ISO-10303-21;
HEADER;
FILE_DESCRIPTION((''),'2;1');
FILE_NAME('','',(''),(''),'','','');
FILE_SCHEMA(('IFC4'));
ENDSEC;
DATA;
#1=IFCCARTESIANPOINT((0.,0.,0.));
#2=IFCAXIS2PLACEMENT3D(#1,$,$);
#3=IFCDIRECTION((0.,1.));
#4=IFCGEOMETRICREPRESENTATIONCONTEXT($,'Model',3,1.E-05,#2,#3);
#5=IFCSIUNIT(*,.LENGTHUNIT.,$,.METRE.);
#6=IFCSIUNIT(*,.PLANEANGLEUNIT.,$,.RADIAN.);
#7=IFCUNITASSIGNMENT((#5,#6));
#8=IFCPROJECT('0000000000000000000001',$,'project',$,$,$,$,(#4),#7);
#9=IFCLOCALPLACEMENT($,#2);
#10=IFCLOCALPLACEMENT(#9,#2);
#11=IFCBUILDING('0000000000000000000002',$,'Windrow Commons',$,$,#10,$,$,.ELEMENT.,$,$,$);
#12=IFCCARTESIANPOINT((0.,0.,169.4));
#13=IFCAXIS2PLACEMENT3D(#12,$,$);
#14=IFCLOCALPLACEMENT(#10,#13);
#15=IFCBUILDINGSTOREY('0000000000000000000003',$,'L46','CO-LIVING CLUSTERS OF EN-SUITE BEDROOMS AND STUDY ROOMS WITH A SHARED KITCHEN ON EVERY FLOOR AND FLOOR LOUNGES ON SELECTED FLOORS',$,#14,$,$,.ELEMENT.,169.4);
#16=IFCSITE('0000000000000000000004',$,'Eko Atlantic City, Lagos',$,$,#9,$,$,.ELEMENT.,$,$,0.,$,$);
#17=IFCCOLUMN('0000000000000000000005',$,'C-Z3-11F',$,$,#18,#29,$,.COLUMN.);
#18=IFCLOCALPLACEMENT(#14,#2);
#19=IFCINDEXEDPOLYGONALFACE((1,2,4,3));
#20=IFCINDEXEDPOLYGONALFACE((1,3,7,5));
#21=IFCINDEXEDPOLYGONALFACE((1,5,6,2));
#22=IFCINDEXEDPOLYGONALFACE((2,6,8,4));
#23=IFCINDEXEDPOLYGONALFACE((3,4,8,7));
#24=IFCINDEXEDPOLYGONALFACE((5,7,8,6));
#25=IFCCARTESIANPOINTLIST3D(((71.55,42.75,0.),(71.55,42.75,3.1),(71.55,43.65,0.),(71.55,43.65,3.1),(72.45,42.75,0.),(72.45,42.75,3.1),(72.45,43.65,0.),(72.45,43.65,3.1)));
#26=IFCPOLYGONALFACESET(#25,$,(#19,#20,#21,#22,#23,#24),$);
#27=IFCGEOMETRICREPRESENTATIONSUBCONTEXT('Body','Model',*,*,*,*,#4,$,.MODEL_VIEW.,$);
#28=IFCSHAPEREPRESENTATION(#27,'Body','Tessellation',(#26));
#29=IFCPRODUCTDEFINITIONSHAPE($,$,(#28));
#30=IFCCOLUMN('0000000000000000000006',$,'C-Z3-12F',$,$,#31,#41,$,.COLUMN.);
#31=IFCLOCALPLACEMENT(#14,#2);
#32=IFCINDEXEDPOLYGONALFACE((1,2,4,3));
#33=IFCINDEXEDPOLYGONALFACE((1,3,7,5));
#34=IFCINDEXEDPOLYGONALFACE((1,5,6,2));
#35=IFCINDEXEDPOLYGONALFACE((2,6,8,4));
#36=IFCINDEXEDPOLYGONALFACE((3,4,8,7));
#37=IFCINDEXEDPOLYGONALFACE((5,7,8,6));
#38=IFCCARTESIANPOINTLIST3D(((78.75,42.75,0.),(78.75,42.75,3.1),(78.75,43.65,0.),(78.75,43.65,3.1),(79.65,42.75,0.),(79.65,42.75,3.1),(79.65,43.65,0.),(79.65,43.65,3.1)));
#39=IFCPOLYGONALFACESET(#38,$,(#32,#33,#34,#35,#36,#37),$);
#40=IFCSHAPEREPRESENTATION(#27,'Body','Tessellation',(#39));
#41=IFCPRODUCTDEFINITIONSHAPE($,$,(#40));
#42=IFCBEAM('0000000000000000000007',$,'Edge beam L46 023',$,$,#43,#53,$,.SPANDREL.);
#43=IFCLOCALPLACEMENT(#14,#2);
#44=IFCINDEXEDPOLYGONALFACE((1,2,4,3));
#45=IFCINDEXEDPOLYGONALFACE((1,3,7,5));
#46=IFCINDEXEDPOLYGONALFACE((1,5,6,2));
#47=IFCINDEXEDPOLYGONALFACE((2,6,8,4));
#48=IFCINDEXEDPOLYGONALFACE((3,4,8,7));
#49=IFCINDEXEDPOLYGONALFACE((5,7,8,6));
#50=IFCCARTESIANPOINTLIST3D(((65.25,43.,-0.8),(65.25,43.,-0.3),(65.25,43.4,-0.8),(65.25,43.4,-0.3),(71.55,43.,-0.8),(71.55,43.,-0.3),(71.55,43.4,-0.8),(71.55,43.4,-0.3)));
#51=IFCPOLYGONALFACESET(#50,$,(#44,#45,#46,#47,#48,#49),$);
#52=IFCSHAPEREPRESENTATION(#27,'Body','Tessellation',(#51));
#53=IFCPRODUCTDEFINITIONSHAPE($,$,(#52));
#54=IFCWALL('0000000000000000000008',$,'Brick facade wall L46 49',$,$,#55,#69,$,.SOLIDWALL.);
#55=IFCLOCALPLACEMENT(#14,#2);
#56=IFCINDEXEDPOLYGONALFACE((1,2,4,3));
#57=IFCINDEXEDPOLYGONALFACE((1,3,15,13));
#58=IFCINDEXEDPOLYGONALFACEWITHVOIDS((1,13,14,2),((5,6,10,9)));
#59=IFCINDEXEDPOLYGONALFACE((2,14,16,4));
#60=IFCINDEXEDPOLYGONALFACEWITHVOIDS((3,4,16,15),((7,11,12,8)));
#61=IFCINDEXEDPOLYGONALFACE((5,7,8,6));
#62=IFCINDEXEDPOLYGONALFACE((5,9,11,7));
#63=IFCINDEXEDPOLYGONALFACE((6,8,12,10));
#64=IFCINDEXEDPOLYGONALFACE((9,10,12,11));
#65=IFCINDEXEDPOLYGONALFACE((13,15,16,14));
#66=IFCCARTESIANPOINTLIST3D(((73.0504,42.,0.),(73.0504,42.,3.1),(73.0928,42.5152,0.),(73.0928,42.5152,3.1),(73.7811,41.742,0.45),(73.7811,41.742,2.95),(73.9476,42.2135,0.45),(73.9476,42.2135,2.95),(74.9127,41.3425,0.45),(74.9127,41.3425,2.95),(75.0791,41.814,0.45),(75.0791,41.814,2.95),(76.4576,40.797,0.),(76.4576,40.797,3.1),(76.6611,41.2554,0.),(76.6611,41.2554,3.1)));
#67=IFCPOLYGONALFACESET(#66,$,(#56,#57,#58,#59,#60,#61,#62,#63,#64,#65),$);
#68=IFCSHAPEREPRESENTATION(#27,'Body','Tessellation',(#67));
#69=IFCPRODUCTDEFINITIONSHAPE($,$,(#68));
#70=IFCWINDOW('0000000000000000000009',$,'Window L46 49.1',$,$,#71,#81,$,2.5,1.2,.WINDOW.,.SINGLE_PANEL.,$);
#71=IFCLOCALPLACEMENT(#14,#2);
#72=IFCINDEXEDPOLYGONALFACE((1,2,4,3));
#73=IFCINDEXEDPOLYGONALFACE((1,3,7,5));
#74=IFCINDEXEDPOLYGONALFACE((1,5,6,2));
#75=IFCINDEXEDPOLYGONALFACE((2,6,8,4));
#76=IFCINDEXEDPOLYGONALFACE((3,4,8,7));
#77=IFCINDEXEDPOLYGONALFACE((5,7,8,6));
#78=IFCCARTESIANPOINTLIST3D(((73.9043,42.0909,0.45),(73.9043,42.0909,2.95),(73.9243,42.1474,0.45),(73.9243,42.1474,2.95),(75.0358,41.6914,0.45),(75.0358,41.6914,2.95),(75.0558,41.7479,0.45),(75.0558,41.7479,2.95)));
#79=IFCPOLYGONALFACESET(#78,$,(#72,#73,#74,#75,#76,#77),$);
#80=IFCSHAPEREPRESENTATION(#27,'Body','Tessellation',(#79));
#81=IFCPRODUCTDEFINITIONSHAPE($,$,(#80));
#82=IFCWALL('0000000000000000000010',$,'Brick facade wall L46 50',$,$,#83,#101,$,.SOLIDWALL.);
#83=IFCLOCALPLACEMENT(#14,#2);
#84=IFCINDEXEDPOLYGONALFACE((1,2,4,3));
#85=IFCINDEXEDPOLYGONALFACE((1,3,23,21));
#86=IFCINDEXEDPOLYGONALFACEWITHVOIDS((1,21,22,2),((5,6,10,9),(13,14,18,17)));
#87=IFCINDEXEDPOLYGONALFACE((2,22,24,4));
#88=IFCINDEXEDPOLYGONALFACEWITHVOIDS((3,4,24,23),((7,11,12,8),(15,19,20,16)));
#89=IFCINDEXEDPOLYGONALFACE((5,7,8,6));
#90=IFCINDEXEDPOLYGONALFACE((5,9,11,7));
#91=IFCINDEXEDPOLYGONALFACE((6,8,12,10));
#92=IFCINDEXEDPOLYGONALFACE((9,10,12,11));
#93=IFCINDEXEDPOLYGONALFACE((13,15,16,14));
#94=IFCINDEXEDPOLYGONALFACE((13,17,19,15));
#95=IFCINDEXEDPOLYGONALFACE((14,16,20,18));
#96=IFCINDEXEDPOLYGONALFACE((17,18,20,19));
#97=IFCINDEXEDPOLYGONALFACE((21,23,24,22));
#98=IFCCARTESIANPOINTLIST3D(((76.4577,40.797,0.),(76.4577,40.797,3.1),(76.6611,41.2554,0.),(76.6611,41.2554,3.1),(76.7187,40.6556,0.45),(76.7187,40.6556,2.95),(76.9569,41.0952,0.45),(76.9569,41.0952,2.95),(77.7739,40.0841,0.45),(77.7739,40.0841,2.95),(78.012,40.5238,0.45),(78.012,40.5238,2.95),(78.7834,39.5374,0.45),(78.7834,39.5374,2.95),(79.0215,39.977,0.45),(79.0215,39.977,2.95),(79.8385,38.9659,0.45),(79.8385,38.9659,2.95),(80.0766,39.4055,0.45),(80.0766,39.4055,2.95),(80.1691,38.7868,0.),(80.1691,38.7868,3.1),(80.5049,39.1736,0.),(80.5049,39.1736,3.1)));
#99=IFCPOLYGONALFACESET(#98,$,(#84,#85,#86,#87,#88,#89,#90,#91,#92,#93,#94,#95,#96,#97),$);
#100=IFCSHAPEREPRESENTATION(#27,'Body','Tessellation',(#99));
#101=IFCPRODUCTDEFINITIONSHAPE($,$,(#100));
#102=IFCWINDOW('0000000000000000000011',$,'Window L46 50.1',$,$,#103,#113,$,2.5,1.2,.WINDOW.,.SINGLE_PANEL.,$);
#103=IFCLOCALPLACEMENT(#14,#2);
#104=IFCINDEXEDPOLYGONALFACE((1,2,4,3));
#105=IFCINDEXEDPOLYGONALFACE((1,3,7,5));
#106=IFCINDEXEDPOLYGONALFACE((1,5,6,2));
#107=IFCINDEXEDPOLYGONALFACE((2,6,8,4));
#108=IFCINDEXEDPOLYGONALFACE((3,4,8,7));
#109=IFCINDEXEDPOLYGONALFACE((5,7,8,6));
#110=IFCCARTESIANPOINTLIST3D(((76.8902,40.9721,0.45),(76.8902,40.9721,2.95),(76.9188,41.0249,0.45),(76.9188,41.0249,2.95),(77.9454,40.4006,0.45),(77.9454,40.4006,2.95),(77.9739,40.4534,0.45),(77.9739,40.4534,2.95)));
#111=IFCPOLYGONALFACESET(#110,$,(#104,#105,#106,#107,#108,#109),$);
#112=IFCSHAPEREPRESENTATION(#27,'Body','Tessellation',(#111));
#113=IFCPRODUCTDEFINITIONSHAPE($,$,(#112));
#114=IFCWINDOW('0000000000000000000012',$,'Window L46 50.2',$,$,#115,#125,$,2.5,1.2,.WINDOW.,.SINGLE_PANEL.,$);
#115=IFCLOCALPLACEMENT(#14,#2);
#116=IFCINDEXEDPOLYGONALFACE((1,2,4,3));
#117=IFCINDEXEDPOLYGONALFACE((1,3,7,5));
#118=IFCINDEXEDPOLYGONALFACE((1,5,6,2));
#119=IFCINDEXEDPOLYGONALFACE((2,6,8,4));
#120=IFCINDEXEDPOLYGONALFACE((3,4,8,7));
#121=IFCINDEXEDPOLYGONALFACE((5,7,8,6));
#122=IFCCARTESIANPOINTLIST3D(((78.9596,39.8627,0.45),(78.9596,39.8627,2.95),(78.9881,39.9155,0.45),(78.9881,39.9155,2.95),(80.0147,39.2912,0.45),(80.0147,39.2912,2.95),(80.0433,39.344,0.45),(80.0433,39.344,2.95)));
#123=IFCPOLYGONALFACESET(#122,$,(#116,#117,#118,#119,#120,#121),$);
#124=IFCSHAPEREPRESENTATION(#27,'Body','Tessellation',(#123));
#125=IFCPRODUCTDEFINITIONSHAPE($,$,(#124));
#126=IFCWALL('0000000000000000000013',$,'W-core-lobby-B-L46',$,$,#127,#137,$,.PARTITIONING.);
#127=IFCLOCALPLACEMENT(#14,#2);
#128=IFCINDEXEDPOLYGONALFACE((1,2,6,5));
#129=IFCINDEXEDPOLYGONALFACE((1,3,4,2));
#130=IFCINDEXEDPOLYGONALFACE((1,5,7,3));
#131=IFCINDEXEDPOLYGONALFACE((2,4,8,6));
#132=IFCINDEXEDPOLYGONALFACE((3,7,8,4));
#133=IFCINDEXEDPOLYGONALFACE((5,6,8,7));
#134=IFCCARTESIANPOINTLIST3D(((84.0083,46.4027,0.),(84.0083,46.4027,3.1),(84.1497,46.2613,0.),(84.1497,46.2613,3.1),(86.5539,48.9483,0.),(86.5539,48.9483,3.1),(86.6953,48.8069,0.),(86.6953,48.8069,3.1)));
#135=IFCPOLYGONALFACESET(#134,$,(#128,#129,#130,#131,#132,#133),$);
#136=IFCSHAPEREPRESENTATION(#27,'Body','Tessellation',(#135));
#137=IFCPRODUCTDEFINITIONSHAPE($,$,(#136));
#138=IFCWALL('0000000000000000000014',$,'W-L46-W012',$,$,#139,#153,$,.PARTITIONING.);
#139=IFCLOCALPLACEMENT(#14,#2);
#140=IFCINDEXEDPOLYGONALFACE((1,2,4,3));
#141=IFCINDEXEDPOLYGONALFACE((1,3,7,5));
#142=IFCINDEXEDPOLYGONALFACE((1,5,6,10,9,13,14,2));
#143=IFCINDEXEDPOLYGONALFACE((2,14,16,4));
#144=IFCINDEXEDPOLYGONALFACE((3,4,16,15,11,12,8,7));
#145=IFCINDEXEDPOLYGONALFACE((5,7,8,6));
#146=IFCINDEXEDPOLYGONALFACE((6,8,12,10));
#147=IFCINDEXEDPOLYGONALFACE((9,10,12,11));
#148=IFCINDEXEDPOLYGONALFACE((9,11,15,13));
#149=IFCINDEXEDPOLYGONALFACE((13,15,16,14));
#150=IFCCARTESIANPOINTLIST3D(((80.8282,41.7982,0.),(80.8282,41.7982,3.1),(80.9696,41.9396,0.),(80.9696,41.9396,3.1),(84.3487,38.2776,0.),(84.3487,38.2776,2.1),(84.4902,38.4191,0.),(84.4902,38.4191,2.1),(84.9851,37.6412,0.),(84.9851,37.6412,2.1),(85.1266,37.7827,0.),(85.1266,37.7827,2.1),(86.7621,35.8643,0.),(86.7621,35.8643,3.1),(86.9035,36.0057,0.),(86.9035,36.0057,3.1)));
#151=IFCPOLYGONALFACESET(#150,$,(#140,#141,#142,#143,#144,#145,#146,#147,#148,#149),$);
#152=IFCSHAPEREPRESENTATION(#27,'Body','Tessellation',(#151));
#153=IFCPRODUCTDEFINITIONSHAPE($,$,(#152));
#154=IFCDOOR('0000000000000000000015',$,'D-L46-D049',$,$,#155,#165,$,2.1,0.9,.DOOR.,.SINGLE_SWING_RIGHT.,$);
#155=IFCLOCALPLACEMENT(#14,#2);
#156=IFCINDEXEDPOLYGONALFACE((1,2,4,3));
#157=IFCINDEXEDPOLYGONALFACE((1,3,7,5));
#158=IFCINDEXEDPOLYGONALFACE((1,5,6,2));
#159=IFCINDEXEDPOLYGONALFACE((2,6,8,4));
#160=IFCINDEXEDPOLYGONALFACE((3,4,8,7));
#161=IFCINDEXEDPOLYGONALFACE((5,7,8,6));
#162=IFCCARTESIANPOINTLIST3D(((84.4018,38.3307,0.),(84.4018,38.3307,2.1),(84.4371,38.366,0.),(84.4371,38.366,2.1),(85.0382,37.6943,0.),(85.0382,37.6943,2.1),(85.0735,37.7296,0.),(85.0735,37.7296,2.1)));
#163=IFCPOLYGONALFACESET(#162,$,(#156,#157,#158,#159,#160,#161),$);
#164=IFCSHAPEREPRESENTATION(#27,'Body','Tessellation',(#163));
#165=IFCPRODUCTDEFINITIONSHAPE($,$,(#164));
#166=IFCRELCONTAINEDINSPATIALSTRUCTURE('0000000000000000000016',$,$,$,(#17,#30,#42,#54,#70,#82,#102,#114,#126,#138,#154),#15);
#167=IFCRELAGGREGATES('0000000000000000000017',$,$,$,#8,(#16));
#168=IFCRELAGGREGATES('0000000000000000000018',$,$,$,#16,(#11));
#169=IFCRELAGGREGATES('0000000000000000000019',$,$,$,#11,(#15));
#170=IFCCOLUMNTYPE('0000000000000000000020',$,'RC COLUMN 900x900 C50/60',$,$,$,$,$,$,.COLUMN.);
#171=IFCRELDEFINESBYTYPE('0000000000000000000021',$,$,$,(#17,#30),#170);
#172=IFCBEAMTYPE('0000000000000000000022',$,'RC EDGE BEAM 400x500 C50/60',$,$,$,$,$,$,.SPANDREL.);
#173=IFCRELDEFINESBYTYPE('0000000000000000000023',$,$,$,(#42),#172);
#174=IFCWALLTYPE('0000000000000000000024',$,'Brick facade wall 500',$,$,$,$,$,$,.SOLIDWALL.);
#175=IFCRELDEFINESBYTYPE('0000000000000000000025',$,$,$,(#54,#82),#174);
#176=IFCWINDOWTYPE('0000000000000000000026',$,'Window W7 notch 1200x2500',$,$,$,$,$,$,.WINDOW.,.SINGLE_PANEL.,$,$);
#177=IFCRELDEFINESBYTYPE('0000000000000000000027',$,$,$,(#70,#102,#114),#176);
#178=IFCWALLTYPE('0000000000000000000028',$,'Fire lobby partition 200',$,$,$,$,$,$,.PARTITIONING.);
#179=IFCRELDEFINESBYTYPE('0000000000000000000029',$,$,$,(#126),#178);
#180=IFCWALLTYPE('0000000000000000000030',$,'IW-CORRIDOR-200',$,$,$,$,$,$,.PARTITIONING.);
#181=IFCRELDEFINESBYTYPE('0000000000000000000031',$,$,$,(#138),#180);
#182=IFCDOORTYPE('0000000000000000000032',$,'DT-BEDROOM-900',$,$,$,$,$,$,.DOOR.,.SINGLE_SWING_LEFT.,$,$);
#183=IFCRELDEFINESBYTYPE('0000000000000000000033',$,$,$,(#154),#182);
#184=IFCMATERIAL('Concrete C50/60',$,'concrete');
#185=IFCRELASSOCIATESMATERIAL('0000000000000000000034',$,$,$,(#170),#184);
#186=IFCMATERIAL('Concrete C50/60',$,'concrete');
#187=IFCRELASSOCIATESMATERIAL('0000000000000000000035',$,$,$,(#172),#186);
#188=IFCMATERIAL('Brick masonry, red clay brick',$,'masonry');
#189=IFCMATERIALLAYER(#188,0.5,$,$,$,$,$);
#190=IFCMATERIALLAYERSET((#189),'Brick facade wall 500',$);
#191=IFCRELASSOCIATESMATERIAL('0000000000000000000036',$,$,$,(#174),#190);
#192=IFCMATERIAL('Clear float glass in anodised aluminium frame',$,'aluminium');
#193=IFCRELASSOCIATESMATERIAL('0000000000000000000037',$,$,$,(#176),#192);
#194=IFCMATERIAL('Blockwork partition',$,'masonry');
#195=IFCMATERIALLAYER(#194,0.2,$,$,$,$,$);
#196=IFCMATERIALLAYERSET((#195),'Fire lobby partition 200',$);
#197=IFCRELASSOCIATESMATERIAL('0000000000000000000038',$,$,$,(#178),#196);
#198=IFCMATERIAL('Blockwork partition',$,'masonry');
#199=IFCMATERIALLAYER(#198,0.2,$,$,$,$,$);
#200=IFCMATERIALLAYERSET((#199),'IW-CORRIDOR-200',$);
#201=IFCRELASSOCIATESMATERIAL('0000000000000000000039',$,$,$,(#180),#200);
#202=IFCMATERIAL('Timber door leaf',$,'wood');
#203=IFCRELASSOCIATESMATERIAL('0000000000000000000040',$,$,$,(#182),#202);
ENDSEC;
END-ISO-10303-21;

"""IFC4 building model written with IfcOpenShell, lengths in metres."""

from ifc_helpers import new_model, si_unit, direction, frame, frame_2d, origin, origin_2d, place, context, subcontext, project, spatial, polyline, rectangle, outline, extrude, material, layer, layer_set, material_profile, profile_set, type_object, element, fill, save


model = new_model("IFC4")

# Units and contexts
model_context = context("Model", 3, precision=1e-05, world=origin(), true_north=direction((0.0, 1.0)))
body_context = subcontext(model_context, "Body", "Model", "MODEL_VIEW")
ifc_project = project(units=[si_unit("LENGTHUNIT", "METRE"), si_unit("PLANEANGLEUNIT", "RADIAN")], contexts=[model_context])

# Site, building, storey
site_placement = place(None, origin())
site = spatial("IfcSite", under=ifc_project, at=site_placement, Name="Eko Atlantic City, Lagos", CompositionType="ELEMENT", RefElevation=0.0)
building_placement = place(site_placement, origin())
building = spatial("IfcBuilding", under=site, at=building_placement, Name="Windrow Commons", CompositionType="ELEMENT")
storey_placement = place(building_placement, frame((0.0, 0.0, 169.4)))
storey = spatial("IfcBuildingStorey", under=building, at=storey_placement, Name="L46", Description="CO-LIVING CLUSTERS OF EN-SUITE BEDROOMS AND STUDY ROOMS WITH A SHARED KITCHEN ON EVERY FLOOR AND FLOOR LOUNGES ON SELECTED FLOORS", CompositionType="ELEMENT", Elevation=169.4)

# Columns
ifc_material_1 = material(Name="Concrete C50/60", Category="concrete")
ifc_material_profile_1 = material_profile(ifc_material_1, rectangle(XDim=0.9, YDim=0.9, at=origin_2d()))
ifc_profile_set_1 = profile_set([ifc_material_profile_1], Name="Concrete C50/60")
column_type = type_object("IfcColumnType", Name="RC COLUMN 900x900 C50/60", PredefinedType="COLUMN", material=ifc_profile_set_1)
for number, where, z_axis, x_axis, name in (
    (1, (72.0, 43.2, 0.0), (0.0, 0.0, 1.0), (1.0, 0.0, 0.0), "C-Z3-11F"),
    (2, (79.2, 43.2, 0.0), (0.0, 0.0, 1.0), (1.0, 0.0, 0.0), "C-Z3-12F"),
):
    element("IfcColumn", number, at=place(storey_placement, frame(where, z_axis=z_axis, x_axis=x_axis)), inside=storey, type_object=column_type, Name=name, PredefinedType="COLUMN", context=body_context, shape_type="SweptSolid", body=[
        extrude(rectangle(XDim=0.9, YDim=0.9, at=origin_2d()), origin(), (0.0, 0.0, 1.0), 3.1),
    ])

# Beam
ifc_material_2 = material(Name="Concrete C50/60", Category="concrete")
ifc_material_profile_2 = material_profile(ifc_material_2, rectangle(XDim=0.4, YDim=0.5, at=origin_2d()))
ifc_profile_set_2 = profile_set([ifc_material_profile_2], Name="Concrete C50/60")
beam_type = type_object("IfcBeamType", Name="RC EDGE BEAM 400x500 C50/60", PredefinedType="SPANDREL", material=ifc_profile_set_2)
beam_placement = place(storey_placement, frame((71.55, 43.2, -0.55), z_axis=(-1.0, 0.0, 0.0), x_axis=(0.0, -1.0, 0.0)))
element("IfcBeam", 3, at=beam_placement, inside=storey, type_object=beam_type, Name="Edge beam L46 023", PredefinedType="SPANDREL", context=body_context, shape_type="SweptSolid", body=[
    extrude(rectangle(XDim=0.4, YDim=0.5, at=origin_2d()), origin(), (0.0, 0.0, 1.0), 6.3),
])

# Wall, opening, window
ifc_material_3 = material(Name="Brick masonry, red clay brick", Category="masonry")
ifc_layer_1 = layer(ifc_material_3, 0.5)
ifc_layer_set_1 = layer_set([ifc_layer_1], Name="Brick facade wall 500")
wall_type_1 = type_object("IfcWallType", Name="Brick facade wall 500", PredefinedType="SOLIDWALL", material=ifc_layer_set_1)
wall_1_placement = place(storey_placement, frame((73.0716, 42.2576, 0.0), z_axis=(0.0, 0.0, 1.0), x_axis=(0.942955, -0.332919, 0.0)))
wall_1 = element("IfcWall", 4, at=wall_1_placement, inside=storey, type_object=wall_type_1, Name="Brick facade wall L46 49", PredefinedType="SOLIDWALL", context=body_context, shape_type="SweptSolid", body=[
    extrude(outline(polyline([(0.0658, -0.25), (3.6791, -0.25), (3.7184, 0.25), (-0.0658, 0.25), (0.0658, -0.25)])), origin(), (0.0, 0.0, 1.0), 3.1),
])
opening_1_placement = place(wall_1_placement, frame((0.8407, 0.0, 0.45)))
opening_1 = element("IfcOpeningElement", 5, at=opening_1_placement, cuts=wall_1, PredefinedType="OPENING", context=body_context, shape_type="SweptSolid", body=[
    extrude(rectangle(XDim=1.2, YDim=2.5, at=frame_2d((0.6, 1.25))), frame((0.0, 0.26, 0.0), z_axis=(0.0, -1.0, 0.0), x_axis=(1.0, 0.0, 0.0)), (0.0, 0.0, 1.0), 0.52),
])
ifc_material_4 = material(Name="Clear float glass in anodised aluminium frame", Category="aluminium")
window_type = type_object("IfcWindowType", Name="Window W7 notch 1200x2500", PartitioningType="SINGLE_PANEL", PredefinedType="WINDOW", material=ifc_material_4)
window_1_placement = place(opening_1_placement, origin())
window_1 = element("IfcWindow", 6, at=window_1_placement, inside=storey, type_object=window_type, Name="Window L46 49.1", OverallHeight=2.5, OverallWidth=1.2, PartitioningType="SINGLE_PANEL", PredefinedType="WINDOW", context=body_context, shape_type="SweptSolid", body=[
    extrude(rectangle(XDim=1.2, YDim=2.5, at=frame_2d((0.6, 1.25))), frame((0.0, 0.18, 0.0), z_axis=(0.0, -1.0, 0.0), x_axis=(1.0, 0.0, 0.0)), (0.0, 0.0, 1.0), 0.06),
])
fill(opening_1, window_1)

# Wall, openings, windows
wall_2_placement = place(storey_placement, frame((76.5594, 41.0262, 0.0), z_axis=(0.0, 0.0, 1.0), x_axis=(0.879311, -0.476247, 0.0)))
wall_2 = element("IfcWall", 7, at=wall_2_placement, inside=storey, type_object=wall_type_1, Name="Brick facade wall L46 50", PredefinedType="SOLIDWALL", context=body_context, shape_type="SweptSolid", body=[
    extrude(outline(polyline([(0.0197, -0.25), (4.2406, -0.25), (4.3516, 0.25), (-0.0197, 0.25), (0.0197, -0.25)])), origin(), (0.0, 0.0, 1.0), 3.1),
])
opening_2_placement = place(wall_2_placement, frame((0.3166, 0.0, 0.45)))
opening_2 = element("IfcOpeningElement", 8, at=opening_2_placement, cuts=wall_2, PredefinedType="OPENING", context=body_context, shape_type="SweptSolid", body=[
    extrude(rectangle(XDim=1.2, YDim=2.5, at=frame_2d((0.6, 1.25))), frame((0.0, 0.26, 0.0), z_axis=(0.0, -1.0, 0.0), x_axis=(1.0, 0.0, 0.0)), (0.0, 0.0, 1.0), 0.52),
])
opening_3_placement = place(wall_2_placement, frame((2.6646, 0.0, 0.45)))
opening_3 = element("IfcOpeningElement", 9, at=opening_3_placement, cuts=wall_2, PredefinedType="OPENING", context=body_context, shape_type="SweptSolid", body=[
    extrude(rectangle(XDim=1.2, YDim=2.5, at=frame_2d((0.6, 1.25))), frame((0.0, 0.26, 0.0), z_axis=(0.0, -1.0, 0.0), x_axis=(1.0, 0.0, 0.0)), (0.0, 0.0, 1.0), 0.52),
])
window_2_placement = place(opening_2_placement, origin())
window_2 = element("IfcWindow", 10, at=window_2_placement, inside=storey, type_object=window_type, Name="Window L46 50.1", OverallHeight=2.5, OverallWidth=1.2, PartitioningType="SINGLE_PANEL", PredefinedType="WINDOW", context=body_context, shape_type="SweptSolid", body=[
    extrude(rectangle(XDim=1.2, YDim=2.5, at=frame_2d((0.6, 1.25))), frame((0.0, 0.17, 0.0), z_axis=(0.0, -1.0, 0.0), x_axis=(1.0, 0.0, 0.0)), (0.0, 0.0, 1.0), 0.06),
])
fill(opening_2, window_2)
window_3_placement = place(opening_3_placement, origin())
window_3 = element("IfcWindow", 11, at=window_3_placement, inside=storey, type_object=window_type, Name="Window L46 50.2", OverallHeight=2.5, OverallWidth=1.2, PartitioningType="SINGLE_PANEL", PredefinedType="WINDOW", context=body_context, shape_type="SweptSolid", body=[
    extrude(rectangle(XDim=1.2, YDim=2.5, at=frame_2d((0.6, 1.25))), frame((0.0, 0.18, 0.0), z_axis=(0.0, -1.0, 0.0), x_axis=(1.0, 0.0, 0.0)), (0.0, 0.0, 1.0), 0.06),
])
fill(opening_3, window_3)

# Wall
ifc_material_5 = material(Name="Blockwork partition", Category="masonry")
ifc_layer_2 = layer(ifc_material_5, 0.2)
ifc_layer_set_2 = layer_set([ifc_layer_2], Name="Fire lobby partition 200")
wall_type_2 = type_object("IfcWallType", Name="Fire lobby partition 200", PredefinedType="PARTITIONING", material=ifc_layer_set_2)
wall_3_placement = place(storey_placement, frame((84.079, 46.332, 0.0), z_axis=(0.0, 0.0, 1.0), x_axis=(0.707107, 0.707107, 0.0)))
element("IfcWall", 12, at=wall_3_placement, inside=storey, type_object=wall_type_2, Name="W-core-lobby-B-L46", PredefinedType="PARTITIONING", context=body_context, shape_type="SweptSolid", body=[
    extrude(rectangle(XDim=3.6, YDim=0.2, at=frame_2d((1.8, 0.0))), origin(), (0.0, 0.0, 1.0), 3.1),
])

# Wall, opening, door
ifc_material_6 = material(Name="Blockwork partition", Category="masonry")
ifc_layer_3 = layer(ifc_material_6, 0.2)
ifc_layer_set_3 = layer_set([ifc_layer_3], Name="IW-CORRIDOR-200")
wall_type_3 = type_object("IfcWallType", Name="IW-CORRIDOR-200", PredefinedType="PARTITIONING", material=ifc_layer_set_3)
wall_4_placement = place(storey_placement, frame((80.8989, 41.8689, 0.0), z_axis=(0.0, 0.0, 1.0), x_axis=(0.707107, -0.707107, 0.0)))
wall_4 = element("IfcWall", 13, at=wall_4_placement, inside=storey, type_object=wall_type_3, Name="W-L46-W012", PredefinedType="PARTITIONING", context=body_context, shape_type="SweptSolid", body=[
    extrude(rectangle(XDim=8.3919, YDim=0.2, at=frame_2d((4.1959, 0.0))), origin(), (0.0, 0.0, 1.0), 3.1),
])
opening_4_placement = place(wall_4_placement, frame((4.9788, 0.0, 0.0)))
opening_4 = element("IfcOpeningElement", 14, at=opening_4_placement, cuts=wall_4, PredefinedType="OPENING", context=body_context, shape_type="SweptSolid", body=[
    extrude(rectangle(XDim=0.9, YDim=2.1, at=frame_2d((0.45, 1.05))), frame((0.0, 0.11, 0.0), z_axis=(0.0, -1.0, 0.0), x_axis=(1.0, 0.0, 0.0)), (0.0, 0.0, 1.0), 0.22),
])
ifc_material_7 = material(Name="Timber door leaf", Category="wood")
door_type_1 = type_object("IfcDoorType", Name="DT-BEDROOM-900", OperationType="SINGLE_SWING_LEFT", PredefinedType="DOOR", material=ifc_material_7)
door_1_placement = place(opening_4_placement, origin())
door_1 = element("IfcDoor", 15, at=door_1_placement, inside=storey, type_object=door_type_1, Name="D-L46-D049", OperationType="SINGLE_SWING_RIGHT", OverallHeight=2.1, OverallWidth=0.9, PredefinedType="DOOR", context=body_context, shape_type="SweptSolid", body=[
    extrude(rectangle(XDim=0.9, YDim=2.1, at=frame_2d((0.45, 1.05))), frame((0.0, 0.025, 0.0), z_axis=(0.0, -1.0, 0.0), x_axis=(1.0, 0.0, 0.0)), (0.0, 0.0, 1.0), 0.05),
])
fill(opening_4, door_1)

save(model, "model.ifc")
